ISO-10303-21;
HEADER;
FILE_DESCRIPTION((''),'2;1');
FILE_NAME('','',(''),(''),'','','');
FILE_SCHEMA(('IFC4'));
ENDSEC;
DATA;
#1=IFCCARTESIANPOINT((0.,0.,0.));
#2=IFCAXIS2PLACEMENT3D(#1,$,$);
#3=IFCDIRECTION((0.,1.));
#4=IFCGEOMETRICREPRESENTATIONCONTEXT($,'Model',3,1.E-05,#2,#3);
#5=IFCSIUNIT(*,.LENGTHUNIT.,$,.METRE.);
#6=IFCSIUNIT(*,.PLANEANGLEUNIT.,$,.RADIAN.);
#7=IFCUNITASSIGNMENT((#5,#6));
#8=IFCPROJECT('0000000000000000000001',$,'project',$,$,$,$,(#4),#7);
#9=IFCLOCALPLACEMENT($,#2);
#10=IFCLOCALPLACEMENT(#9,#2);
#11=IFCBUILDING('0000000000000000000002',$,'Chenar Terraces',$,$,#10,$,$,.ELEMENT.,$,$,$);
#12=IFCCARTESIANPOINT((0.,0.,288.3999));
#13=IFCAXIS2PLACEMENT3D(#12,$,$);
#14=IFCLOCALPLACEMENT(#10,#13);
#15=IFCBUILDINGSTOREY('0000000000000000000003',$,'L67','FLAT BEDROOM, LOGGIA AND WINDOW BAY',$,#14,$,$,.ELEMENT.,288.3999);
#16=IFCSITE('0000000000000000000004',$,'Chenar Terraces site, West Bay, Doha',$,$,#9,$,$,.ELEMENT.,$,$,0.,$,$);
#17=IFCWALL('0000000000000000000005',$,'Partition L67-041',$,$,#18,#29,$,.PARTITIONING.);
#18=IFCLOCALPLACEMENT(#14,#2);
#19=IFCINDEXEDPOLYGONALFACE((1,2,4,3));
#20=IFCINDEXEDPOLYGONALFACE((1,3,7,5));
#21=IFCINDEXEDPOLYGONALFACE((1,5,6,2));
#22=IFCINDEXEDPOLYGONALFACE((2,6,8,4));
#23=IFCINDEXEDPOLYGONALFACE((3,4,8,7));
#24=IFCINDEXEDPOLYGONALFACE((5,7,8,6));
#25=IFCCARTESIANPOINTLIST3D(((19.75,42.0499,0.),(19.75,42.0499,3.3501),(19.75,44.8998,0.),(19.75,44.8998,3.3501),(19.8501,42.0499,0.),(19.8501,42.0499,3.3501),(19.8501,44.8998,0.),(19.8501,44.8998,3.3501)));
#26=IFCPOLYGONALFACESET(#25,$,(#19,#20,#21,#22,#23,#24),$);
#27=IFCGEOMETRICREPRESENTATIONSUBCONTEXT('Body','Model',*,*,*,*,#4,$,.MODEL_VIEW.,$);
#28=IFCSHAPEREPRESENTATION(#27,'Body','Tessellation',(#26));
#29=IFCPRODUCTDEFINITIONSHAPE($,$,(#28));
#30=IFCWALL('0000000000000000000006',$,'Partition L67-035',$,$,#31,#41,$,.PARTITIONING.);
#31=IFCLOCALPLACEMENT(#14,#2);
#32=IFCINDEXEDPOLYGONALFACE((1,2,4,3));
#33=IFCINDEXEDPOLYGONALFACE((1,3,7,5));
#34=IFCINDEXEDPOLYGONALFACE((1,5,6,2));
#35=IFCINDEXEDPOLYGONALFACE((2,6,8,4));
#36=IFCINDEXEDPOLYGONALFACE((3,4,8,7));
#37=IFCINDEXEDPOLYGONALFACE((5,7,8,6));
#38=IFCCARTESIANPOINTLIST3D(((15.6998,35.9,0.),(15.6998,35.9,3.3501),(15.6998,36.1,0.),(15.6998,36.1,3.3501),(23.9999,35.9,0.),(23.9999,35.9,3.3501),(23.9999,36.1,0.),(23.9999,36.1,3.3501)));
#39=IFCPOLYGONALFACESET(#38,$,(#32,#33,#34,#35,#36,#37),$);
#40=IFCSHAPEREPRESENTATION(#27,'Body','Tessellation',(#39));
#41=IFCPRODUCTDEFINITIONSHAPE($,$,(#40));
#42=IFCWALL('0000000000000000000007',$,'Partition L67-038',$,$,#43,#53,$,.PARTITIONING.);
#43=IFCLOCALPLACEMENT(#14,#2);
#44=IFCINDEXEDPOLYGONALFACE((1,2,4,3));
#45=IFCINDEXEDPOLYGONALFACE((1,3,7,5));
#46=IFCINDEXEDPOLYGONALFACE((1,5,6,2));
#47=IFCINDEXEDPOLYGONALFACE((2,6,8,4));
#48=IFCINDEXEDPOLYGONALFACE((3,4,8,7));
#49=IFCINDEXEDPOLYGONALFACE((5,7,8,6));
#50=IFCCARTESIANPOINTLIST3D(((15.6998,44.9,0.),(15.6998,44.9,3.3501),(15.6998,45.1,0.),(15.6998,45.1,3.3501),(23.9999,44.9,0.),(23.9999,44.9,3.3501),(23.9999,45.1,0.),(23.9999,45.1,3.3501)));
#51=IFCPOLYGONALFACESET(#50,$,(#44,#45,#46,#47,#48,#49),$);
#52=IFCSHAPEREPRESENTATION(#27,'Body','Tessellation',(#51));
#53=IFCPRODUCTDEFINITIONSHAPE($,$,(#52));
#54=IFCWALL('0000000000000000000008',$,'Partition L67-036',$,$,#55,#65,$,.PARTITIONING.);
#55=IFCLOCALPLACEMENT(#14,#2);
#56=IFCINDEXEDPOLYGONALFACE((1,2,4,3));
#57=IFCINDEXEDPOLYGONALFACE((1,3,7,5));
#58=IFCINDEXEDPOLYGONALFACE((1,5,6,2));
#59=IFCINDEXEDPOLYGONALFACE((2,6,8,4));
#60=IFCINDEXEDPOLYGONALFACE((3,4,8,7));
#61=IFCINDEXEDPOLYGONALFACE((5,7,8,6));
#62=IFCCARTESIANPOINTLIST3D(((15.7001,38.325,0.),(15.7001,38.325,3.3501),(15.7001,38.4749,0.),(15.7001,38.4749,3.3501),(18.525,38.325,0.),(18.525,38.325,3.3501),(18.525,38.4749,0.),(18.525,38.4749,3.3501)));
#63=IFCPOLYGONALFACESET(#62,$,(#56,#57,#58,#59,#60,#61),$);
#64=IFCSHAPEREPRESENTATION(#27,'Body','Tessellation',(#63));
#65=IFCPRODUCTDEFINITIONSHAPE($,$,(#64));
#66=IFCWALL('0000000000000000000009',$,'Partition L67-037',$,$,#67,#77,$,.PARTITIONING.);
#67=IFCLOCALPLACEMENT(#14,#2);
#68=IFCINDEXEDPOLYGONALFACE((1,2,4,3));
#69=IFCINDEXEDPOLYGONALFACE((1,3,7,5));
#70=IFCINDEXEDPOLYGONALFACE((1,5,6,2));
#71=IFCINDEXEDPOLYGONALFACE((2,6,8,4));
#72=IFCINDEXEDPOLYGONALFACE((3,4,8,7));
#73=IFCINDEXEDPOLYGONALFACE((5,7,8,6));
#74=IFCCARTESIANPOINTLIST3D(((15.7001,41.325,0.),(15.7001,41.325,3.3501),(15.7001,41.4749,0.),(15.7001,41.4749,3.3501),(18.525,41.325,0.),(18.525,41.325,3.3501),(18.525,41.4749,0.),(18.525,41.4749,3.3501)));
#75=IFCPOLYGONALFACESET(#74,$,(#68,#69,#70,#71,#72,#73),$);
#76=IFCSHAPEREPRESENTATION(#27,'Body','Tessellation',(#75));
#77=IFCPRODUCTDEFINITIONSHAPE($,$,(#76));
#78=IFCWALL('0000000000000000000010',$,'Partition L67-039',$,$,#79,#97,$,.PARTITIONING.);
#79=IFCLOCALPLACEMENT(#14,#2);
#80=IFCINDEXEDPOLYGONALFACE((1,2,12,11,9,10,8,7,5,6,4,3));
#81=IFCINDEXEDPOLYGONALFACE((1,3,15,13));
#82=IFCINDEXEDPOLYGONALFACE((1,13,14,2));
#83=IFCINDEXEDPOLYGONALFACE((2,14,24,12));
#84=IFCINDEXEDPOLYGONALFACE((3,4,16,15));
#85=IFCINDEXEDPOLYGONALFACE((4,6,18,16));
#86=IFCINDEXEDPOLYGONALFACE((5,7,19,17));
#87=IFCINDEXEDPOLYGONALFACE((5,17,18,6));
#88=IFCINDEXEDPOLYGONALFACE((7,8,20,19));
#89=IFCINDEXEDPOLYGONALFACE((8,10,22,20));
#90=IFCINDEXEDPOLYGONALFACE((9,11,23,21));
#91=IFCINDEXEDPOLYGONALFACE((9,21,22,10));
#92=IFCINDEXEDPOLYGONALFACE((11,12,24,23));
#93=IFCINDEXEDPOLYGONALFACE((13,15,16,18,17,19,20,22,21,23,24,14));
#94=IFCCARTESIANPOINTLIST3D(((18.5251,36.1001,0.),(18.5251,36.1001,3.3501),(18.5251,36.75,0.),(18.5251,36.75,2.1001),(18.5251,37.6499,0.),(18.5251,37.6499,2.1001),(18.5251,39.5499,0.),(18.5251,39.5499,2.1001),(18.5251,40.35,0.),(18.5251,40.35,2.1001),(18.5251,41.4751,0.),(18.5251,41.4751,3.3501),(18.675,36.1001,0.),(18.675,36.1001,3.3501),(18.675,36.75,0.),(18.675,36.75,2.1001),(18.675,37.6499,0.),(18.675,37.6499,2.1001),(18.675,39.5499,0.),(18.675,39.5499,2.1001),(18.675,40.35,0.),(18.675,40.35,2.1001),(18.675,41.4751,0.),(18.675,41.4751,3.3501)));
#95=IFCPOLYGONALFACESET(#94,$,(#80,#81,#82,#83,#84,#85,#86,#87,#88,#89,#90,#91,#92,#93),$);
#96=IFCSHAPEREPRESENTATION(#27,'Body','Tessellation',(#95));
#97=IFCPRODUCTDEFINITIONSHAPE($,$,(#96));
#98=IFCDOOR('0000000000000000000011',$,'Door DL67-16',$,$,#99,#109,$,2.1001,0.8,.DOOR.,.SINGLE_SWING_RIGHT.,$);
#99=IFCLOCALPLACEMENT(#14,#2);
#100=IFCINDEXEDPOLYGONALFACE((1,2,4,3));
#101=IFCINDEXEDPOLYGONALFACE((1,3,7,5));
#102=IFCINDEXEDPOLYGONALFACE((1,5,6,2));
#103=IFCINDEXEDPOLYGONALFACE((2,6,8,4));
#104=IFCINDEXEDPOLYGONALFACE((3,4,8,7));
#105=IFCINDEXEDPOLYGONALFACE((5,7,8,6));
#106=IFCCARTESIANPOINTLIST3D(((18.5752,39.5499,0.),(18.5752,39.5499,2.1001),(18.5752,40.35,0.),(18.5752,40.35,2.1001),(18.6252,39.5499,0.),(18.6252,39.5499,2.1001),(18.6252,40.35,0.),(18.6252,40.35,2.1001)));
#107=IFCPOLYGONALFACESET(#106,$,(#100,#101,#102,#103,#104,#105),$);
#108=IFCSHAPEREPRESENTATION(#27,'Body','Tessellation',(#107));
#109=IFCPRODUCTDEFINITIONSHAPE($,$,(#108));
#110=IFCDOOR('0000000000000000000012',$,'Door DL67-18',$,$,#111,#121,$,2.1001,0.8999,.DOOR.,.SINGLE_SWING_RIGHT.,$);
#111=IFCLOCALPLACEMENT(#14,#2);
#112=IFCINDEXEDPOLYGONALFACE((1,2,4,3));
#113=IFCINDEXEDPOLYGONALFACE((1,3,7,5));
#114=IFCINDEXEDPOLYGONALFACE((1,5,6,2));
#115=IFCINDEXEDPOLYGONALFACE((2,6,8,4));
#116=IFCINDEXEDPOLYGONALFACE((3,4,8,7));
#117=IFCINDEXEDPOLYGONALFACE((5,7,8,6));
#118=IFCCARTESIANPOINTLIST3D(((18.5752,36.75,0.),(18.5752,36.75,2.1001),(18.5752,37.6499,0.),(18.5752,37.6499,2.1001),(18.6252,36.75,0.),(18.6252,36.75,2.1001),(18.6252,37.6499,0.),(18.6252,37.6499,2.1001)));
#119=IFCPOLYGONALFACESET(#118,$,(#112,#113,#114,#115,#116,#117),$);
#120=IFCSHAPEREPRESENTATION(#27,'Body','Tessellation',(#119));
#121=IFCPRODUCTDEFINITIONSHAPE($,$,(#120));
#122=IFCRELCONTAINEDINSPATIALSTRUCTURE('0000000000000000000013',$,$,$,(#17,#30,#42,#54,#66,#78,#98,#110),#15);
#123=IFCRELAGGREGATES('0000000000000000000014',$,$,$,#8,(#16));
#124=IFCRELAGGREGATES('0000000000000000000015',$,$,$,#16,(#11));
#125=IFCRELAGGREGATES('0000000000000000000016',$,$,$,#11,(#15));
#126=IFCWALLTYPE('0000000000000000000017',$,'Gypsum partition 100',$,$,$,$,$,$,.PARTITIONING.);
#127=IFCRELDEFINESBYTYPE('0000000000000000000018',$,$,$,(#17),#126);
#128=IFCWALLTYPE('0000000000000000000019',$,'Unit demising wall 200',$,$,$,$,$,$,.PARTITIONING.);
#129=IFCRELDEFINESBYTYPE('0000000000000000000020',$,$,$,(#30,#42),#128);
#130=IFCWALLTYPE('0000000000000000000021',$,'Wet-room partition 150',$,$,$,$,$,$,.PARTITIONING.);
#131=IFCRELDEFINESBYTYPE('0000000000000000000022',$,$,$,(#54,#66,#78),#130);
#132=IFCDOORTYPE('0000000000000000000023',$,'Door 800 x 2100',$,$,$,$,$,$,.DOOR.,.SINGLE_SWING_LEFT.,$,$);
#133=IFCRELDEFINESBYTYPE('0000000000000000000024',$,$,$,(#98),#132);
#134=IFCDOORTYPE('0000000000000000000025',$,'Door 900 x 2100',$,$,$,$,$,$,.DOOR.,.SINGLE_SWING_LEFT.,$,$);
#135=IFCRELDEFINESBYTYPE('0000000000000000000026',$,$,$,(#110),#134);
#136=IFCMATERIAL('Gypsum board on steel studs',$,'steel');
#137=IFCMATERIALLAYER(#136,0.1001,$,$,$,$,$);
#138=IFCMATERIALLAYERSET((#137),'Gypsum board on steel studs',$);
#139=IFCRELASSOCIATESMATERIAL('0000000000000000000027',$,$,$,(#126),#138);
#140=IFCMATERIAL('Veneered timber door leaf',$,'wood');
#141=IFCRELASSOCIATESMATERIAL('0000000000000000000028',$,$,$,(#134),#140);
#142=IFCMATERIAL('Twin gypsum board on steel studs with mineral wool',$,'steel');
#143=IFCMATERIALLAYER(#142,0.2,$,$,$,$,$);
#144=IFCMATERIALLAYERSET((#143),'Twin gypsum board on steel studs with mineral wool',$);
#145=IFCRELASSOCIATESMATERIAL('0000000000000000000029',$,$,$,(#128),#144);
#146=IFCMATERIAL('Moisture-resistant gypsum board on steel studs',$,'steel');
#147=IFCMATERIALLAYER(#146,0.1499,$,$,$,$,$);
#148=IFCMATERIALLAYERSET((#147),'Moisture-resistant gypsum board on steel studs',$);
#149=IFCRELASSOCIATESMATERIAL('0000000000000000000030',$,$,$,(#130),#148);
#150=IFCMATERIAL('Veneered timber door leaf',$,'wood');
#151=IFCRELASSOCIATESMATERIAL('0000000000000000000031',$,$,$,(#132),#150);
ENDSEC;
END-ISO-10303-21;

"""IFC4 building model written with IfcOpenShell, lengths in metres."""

from ifc_helpers import new_model, si_unit, direction, frame, frame_2d, origin, place, context, subcontext, project, spatial, rectangle, extrude, material, layer, layer_set, type_object, element, fill, save


model = new_model("IFC4")

# Units and contexts
model_context = context("Model", 3, precision=1e-05, world=origin(), true_north=direction((0.0, 1.0)))
body_context = subcontext(model_context, "Body", "Model", "MODEL_VIEW")
ifc_project = project(units=[si_unit("LENGTHUNIT", "METRE"), si_unit("PLANEANGLEUNIT", "RADIAN")], contexts=[model_context])

# Site, building, storey
site_placement = place(None, origin())
site = spatial("IfcSite", under=ifc_project, at=site_placement, Name="Chenar Terraces site, West Bay, Doha", CompositionType="ELEMENT", RefElevation=0.0)
building_placement = place(site_placement, origin())
building = spatial("IfcBuilding", under=site, at=building_placement, Name="Chenar Terraces", CompositionType="ELEMENT")
storey_placement = place(building_placement, frame((0.0, 0.0, 288.3999)))
storey = spatial("IfcBuildingStorey", under=building, at=storey_placement, Name="L67", Description="FLAT BEDROOM, LOGGIA AND WINDOW BAY", CompositionType="ELEMENT", Elevation=288.3999)

# Shared definitions
ifc_material_1 = material(Name="Gypsum board on steel studs", Category="steel")
ifc_layer_1 = layer(ifc_material_1, 0.1001)
ifc_layer_set_1 = layer_set([ifc_layer_1], Name="Gypsum board on steel studs")
wall_type_1 = type_object("IfcWallType", Name="Gypsum partition 100", PredefinedType="PARTITIONING", material=ifc_layer_set_1)

# Shared definitions
ifc_material_2 = material(Name="Veneered timber door leaf", Category="wood")
door_type_1 = type_object("IfcDoorType", Name="Door 900 x 2100", OperationType="SINGLE_SWING_LEFT", PredefinedType="DOOR", material=ifc_material_2)

# Walls
wall_1_placement = place(storey_placement, frame((19.8, 42.05, 0.0), z_axis=(0.0, 0.0, 1.0), x_axis=(0.0, 1.0, 0.0)))
element("IfcWall", 1, at=wall_1_placement, inside=storey, type_object=wall_type_1, Name="Partition L67-041", PredefinedType="PARTITIONING", context=body_context, shape_type="SweptSolid", body=[
    extrude(rectangle(XDim=2.8499, YDim=0.1001, at=frame_2d((1.4248, 0.0))), origin(), (0.0, 0.0, 1.0), 3.3501),
])
ifc_material_3 = material(Name="Twin gypsum board on steel studs with mineral wool", Category="steel")
ifc_layer_2 = layer(ifc_material_3, 0.2)
ifc_layer_set_2 = layer_set([ifc_layer_2], Name="Twin gypsum board on steel studs with mineral wool")
wall_type_2 = type_object("IfcWallType", Name="Unit demising wall 200", PredefinedType="PARTITIONING", material=ifc_layer_set_2)
for number, where, z_axis, x_axis, name in (
    (2, (15.7, 36.0, 0.0), (0.0, 0.0, 1.0), (1.0, 0.0, 0.0), "Partition L67-035"),
    (3, (15.7, 45.0, 0.0), (0.0, 0.0, 1.0), (1.0, 0.0, 0.0), "Partition L67-038"),
):
    element("IfcWall", number, at=place(storey_placement, frame(where, z_axis=z_axis, x_axis=x_axis)), inside=storey, type_object=wall_type_2, Name=name, PredefinedType="PARTITIONING", context=body_context, shape_type="SweptSolid", body=[
        extrude(rectangle(XDim=8.3, YDim=0.2, at=frame_2d((4.1499, 0.0))), origin(), (0.0, 0.0, 1.0), 3.3501),
    ])
ifc_material_4 = material(Name="Moisture-resistant gypsum board on steel studs", Category="steel")
ifc_layer_3 = layer(ifc_material_4, 0.1499)
ifc_layer_set_3 = layer_set([ifc_layer_3], Name="Moisture-resistant gypsum board on steel studs")
wall_type_3 = type_object("IfcWallType", Name="Wet-room partition 150", PredefinedType="PARTITIONING", material=ifc_layer_set_3)
for number, where, z_axis, x_axis, name in (
    (4, (15.7, 38.3999, 0.0), (0.0, 0.0, 1.0), (1.0, 0.0, 0.0), "Partition L67-036"),
    (5, (15.7, 41.3999, 0.0), (0.0, 0.0, 1.0), (1.0, 0.0, 0.0), "Partition L67-037"),
):
    element("IfcWall", number, at=place(storey_placement, frame(where, z_axis=z_axis, x_axis=x_axis)), inside=storey, type_object=wall_type_3, Name=name, PredefinedType="PARTITIONING", context=body_context, shape_type="SweptSolid", body=[
        extrude(rectangle(XDim=2.825, YDim=0.1499, at=frame_2d((1.4126, 0.0))), origin(), (0.0, 0.0, 1.0), 3.3501),
    ])

# Wall, openings, doors
wall_2_placement = place(storey_placement, frame((18.6001, 36.1001, 0.0), z_axis=(0.0, 0.0, 1.0), x_axis=(0.0, 1.0, 0.0)))
wall_2 = element("IfcWall", 6, at=wall_2_placement, inside=storey, type_object=wall_type_3, Name="Partition L67-039", PredefinedType="PARTITIONING", context=body_context, shape_type="SweptSolid", body=[
    extrude(rectangle(XDim=5.375, YDim=0.1499, at=frame_2d((2.6875, 0.0))), origin(), (0.0, 0.0, 1.0), 3.3501),
])
opening_1_placement = place(wall_2_placement, frame((3.45, 0.0, 0.0)))
opening_1 = element("IfcOpeningElement", 7, at=opening_1_placement, cuts=wall_2, PredefinedType="OPENING", context=body_context, shape_type="SweptSolid", body=[
    extrude(rectangle(XDim=0.8, YDim=2.1001, at=frame_2d((0.3999, 1.05))), frame((0.0, 0.085, 0.0), z_axis=(0.0, -1.0, 0.0), x_axis=(1.0, 0.0, 0.0)), (0.0, 0.0, 1.0), 0.1699),
])
opening_2_placement = place(wall_2_placement, frame((0.6499, 0.0, 0.0)))
opening_2 = element("IfcOpeningElement", 8, at=opening_2_placement, cuts=wall_2, PredefinedType="OPENING", context=body_context, shape_type="SweptSolid", body=[
    extrude(rectangle(XDim=0.8999, YDim=2.1001, at=frame_2d((0.45, 1.05))), frame((0.0, 0.085, 0.0), z_axis=(0.0, -1.0, 0.0), x_axis=(1.0, 0.0, 0.0)), (0.0, 0.0, 1.0), 0.1699),
])
ifc_material_5 = material(Name="Veneered timber door leaf", Category="wood")
door_type_2 = type_object("IfcDoorType", Name="Door 800 x 2100", OperationType="SINGLE_SWING_LEFT", PredefinedType="DOOR", material=ifc_material_5)
door_1_placement = place(opening_1_placement, origin())
door_1 = element("IfcDoor", 9, at=door_1_placement, inside=storey, type_object=door_type_2, Name="Door DL67-16", OperationType="SINGLE_SWING_RIGHT", OverallHeight=2.1001, OverallWidth=0.8, PredefinedType="DOOR", context=body_context, shape_type="SweptSolid", body=[
    extrude(rectangle(XDim=0.8, YDim=2.1001, at=frame_2d((0.3999, 1.05))), frame((0.0, 0.0249, 0.0), z_axis=(0.0, -1.0, 0.0), x_axis=(1.0, 0.0, 0.0)), (0.0, 0.0, 1.0), 0.05),
])
fill(opening_1, door_1)
door_2_placement = place(opening_2_placement, origin())
door_2 = element("IfcDoor", 10, at=door_2_placement, inside=storey, type_object=door_type_1, Name="Door DL67-18", OperationType="SINGLE_SWING_RIGHT", OverallHeight=2.1001, OverallWidth=0.8999, PredefinedType="DOOR", context=body_context, shape_type="SweptSolid", body=[
    extrude(rectangle(XDim=0.8999, YDim=2.1001, at=frame_2d((0.45, 1.05))), frame((0.0, 0.0249, 0.0), z_axis=(0.0, -1.0, 0.0), x_axis=(1.0, 0.0, 0.0)), (0.0, 0.0, 1.0), 0.05),
])
fill(opening_2, door_2)

save(model, "model.ifc")
